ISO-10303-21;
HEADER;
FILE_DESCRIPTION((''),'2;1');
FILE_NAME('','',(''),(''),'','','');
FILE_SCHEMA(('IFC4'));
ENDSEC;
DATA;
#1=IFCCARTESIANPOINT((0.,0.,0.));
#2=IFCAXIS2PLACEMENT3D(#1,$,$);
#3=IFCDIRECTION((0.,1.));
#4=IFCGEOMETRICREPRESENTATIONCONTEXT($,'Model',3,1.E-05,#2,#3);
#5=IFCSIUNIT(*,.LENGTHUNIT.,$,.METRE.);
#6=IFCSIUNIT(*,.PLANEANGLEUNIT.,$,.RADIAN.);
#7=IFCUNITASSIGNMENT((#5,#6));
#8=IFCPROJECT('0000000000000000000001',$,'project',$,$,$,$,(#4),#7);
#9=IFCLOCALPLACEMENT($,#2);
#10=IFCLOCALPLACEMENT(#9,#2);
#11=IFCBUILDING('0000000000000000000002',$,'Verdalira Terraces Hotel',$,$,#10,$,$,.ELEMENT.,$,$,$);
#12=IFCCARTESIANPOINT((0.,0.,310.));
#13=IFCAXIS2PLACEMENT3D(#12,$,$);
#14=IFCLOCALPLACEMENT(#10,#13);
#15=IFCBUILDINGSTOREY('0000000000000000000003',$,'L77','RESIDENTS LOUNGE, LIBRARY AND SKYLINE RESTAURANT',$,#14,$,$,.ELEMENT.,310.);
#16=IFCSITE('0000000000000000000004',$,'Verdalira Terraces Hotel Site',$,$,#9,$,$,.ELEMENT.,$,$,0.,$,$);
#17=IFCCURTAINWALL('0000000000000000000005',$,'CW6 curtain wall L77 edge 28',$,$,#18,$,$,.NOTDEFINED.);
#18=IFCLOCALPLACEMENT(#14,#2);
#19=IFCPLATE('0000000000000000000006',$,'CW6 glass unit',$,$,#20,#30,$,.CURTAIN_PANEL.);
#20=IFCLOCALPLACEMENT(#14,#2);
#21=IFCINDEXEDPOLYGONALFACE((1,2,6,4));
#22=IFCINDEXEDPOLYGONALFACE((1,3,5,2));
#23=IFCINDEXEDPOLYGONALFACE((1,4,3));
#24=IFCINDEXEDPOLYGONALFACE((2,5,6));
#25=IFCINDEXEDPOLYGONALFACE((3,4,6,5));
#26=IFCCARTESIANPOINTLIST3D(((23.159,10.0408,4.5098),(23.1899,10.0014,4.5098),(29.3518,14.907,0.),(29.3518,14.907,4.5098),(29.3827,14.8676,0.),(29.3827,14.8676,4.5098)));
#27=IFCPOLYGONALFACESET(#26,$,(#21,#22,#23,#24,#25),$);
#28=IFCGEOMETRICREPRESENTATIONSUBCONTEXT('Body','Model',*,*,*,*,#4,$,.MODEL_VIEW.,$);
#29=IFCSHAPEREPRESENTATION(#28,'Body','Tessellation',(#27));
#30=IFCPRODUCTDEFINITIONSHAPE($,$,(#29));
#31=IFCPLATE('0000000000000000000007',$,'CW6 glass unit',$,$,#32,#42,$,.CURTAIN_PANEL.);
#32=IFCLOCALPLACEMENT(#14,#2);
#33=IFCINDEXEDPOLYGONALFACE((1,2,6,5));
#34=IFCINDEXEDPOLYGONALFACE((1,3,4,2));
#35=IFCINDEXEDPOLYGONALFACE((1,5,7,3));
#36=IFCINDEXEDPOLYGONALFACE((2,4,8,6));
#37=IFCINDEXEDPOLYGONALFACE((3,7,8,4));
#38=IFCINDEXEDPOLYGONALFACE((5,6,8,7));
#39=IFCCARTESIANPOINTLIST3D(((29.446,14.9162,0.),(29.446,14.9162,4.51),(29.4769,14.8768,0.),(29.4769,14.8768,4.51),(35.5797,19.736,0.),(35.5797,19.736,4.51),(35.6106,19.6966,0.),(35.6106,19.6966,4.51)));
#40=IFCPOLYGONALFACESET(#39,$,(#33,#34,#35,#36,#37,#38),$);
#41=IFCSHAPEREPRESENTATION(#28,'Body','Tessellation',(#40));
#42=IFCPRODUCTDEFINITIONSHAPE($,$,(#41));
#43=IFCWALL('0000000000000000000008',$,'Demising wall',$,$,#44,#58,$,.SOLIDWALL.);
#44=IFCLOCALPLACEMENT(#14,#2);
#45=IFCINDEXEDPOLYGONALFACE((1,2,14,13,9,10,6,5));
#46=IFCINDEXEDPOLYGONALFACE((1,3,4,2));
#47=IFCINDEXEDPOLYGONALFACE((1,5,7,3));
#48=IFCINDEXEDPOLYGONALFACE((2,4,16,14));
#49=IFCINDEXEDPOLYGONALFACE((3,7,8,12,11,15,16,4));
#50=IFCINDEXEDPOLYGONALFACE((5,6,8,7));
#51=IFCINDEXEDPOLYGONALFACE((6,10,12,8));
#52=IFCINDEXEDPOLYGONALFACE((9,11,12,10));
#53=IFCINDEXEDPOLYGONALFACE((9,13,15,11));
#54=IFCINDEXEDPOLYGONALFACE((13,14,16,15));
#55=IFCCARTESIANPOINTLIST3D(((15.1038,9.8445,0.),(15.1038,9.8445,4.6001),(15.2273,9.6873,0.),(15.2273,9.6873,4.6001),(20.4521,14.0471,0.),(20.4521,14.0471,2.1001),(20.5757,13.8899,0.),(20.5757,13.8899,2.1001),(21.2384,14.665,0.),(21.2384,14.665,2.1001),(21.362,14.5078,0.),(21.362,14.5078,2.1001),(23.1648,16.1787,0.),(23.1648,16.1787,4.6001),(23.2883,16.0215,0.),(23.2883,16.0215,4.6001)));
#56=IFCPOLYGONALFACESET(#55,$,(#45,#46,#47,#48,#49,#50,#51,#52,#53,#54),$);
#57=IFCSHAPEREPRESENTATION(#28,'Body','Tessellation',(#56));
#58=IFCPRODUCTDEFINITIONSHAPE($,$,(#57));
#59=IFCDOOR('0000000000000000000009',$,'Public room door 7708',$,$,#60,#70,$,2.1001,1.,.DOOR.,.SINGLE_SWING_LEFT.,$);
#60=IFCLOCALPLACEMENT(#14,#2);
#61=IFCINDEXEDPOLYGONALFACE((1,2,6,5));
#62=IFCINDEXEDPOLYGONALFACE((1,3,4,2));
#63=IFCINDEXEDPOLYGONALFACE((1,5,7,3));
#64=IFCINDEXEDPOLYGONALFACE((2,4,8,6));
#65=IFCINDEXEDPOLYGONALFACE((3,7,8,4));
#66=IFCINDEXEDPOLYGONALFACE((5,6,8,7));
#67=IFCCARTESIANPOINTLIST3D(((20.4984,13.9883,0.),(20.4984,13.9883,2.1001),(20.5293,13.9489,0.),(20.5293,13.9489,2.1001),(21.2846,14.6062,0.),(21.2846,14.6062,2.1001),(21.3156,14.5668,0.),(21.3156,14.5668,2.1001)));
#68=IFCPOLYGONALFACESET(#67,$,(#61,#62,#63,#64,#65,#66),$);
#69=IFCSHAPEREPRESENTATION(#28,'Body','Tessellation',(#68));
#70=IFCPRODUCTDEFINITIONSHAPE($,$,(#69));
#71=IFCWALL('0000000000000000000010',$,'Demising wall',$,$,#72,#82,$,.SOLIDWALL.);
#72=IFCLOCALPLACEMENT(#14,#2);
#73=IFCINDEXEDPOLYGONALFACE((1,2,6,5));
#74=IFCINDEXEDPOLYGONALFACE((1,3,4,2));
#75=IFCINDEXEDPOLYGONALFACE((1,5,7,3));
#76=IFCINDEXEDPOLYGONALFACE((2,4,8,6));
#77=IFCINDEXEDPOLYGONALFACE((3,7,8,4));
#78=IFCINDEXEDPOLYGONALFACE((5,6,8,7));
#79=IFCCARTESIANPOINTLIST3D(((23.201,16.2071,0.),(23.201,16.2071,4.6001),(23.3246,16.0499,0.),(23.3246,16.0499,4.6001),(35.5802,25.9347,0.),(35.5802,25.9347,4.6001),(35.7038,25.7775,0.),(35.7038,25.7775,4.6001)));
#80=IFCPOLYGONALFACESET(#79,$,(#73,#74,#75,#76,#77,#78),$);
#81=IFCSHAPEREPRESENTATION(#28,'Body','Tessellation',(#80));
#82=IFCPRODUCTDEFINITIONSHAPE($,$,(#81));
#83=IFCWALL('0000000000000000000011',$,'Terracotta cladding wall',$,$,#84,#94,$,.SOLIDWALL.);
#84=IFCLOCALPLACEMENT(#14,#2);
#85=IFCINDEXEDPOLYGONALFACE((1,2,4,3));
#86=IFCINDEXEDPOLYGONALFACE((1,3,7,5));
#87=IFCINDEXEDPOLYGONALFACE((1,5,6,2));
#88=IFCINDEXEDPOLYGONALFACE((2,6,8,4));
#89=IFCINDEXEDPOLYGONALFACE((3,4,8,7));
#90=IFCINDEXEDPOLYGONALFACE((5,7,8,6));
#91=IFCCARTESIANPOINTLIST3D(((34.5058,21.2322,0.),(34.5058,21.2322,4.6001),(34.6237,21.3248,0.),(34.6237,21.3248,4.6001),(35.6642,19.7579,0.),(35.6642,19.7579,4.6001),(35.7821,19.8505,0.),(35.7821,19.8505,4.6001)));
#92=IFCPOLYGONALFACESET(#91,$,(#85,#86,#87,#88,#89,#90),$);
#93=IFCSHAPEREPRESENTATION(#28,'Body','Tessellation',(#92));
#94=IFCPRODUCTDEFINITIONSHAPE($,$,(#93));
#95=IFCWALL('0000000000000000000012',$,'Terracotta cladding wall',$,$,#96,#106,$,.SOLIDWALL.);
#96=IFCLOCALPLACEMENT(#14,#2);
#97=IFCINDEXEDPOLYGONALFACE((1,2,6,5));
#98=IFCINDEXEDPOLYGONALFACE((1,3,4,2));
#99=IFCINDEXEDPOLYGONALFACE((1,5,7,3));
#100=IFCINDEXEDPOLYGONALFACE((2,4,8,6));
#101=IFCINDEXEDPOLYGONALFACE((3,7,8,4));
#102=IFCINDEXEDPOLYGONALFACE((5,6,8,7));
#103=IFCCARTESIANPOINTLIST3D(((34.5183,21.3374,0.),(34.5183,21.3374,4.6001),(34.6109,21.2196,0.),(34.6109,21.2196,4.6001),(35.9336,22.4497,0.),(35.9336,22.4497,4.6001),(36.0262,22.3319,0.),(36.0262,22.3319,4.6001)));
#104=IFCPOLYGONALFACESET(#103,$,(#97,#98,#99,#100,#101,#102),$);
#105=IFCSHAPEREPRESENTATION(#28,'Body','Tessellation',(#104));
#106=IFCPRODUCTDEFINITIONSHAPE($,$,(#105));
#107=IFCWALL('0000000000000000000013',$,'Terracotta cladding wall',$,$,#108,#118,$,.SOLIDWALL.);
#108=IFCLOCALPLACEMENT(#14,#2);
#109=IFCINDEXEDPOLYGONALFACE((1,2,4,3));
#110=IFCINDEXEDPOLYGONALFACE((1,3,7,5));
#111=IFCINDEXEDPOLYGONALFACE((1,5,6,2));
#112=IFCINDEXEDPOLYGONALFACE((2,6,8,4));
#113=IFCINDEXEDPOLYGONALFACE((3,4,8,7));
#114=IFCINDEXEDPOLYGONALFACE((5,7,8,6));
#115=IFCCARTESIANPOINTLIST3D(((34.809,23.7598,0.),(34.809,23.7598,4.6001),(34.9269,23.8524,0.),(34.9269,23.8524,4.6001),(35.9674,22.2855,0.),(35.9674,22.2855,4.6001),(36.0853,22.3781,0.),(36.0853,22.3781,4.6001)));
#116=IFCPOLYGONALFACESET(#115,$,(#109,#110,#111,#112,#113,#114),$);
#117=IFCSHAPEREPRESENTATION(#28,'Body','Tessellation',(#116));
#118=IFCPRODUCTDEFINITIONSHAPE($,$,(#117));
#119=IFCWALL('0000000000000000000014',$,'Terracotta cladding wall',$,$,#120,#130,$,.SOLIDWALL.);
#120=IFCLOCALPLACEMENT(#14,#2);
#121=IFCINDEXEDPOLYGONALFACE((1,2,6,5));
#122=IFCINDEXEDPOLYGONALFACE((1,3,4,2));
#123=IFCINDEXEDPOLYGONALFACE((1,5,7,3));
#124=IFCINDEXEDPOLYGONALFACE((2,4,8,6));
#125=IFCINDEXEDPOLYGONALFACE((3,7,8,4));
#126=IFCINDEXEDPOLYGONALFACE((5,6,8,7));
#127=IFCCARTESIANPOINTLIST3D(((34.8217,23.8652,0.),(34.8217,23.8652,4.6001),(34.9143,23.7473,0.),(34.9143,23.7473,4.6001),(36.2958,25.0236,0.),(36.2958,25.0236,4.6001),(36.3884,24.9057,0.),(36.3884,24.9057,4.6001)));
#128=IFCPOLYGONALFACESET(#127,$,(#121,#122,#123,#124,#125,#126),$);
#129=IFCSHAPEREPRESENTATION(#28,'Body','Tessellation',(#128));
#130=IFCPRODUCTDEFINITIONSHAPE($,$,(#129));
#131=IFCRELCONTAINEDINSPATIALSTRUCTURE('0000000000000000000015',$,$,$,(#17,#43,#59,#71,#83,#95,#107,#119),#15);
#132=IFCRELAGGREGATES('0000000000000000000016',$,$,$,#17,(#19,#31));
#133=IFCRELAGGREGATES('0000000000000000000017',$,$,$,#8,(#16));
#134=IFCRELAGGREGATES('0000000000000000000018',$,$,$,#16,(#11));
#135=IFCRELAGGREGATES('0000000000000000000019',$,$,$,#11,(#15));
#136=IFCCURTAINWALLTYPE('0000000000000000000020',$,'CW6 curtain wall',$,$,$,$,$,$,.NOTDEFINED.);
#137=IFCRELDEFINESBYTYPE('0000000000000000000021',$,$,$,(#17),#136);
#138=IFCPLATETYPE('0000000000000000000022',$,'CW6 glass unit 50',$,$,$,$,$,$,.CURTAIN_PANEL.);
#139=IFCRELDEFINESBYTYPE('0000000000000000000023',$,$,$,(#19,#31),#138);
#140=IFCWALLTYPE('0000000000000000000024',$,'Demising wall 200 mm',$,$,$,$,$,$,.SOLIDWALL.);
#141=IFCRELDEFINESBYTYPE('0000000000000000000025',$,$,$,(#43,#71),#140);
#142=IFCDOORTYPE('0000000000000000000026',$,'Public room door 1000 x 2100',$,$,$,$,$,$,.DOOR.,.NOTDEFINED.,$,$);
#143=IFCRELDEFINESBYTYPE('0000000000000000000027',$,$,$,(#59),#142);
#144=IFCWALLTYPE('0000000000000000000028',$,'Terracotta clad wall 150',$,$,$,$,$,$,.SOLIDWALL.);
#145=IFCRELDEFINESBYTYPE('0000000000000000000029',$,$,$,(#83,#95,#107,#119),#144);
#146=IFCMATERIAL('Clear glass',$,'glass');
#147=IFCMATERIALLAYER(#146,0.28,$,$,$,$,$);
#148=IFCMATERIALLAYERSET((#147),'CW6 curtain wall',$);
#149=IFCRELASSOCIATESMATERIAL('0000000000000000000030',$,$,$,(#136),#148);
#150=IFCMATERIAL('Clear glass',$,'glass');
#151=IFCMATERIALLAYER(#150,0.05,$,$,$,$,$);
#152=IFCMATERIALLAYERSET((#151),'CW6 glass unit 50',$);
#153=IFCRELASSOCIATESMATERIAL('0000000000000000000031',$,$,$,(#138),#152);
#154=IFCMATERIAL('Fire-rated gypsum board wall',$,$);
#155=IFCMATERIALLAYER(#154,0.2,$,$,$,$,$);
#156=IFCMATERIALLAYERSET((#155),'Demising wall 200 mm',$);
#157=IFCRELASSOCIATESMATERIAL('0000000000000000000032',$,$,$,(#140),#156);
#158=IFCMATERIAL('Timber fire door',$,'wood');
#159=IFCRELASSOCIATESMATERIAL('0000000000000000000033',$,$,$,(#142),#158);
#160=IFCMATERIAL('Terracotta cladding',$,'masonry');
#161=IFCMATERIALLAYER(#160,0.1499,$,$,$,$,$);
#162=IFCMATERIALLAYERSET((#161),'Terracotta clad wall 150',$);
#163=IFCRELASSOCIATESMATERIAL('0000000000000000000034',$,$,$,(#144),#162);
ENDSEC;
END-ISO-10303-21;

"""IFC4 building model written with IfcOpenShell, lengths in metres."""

from ifc_helpers import new_model, si_unit, direction, frame, frame_2d, origin, origin_2d, place, context, subcontext, project, spatial, polyline, rectangle, outline, extrude, material, layer, layer_set, type_object, element, fill, aggregate, save


model = new_model("IFC4")

# Units and contexts
model_context = context("Model", 3, precision=1e-05, world=origin(), true_north=direction((0.0, 1.0)))
body_context = subcontext(model_context, "Body", "Model", "MODEL_VIEW")
ifc_project = project(units=[si_unit("LENGTHUNIT", "METRE"), si_unit("PLANEANGLEUNIT", "RADIAN")], contexts=[model_context])

# Site, building, storey
site_placement = place(None, origin())
site = spatial("IfcSite", under=ifc_project, at=site_placement, Name="Verdalira Terraces Hotel Site", CompositionType="ELEMENT", RefElevation=0.0)
building_placement = place(site_placement, origin())
building = spatial("IfcBuilding", under=site, at=building_placement, Name="Verdalira Terraces Hotel", CompositionType="ELEMENT")
storey_placement = place(building_placement, frame((0.0, 0.0, 310.0)))
storey = spatial("IfcBuildingStorey", under=building, at=storey_placement, Name="L77", Description="RESIDENTS LOUNGE, LIBRARY AND SKYLINE RESTAURANT", CompositionType="ELEMENT", Elevation=310.0)

# Curtain wall
ifc_material_1 = material(Name="Clear glass", Category="glass")
ifc_layer_1 = layer(ifc_material_1, 0.28)
ifc_layer_set_1 = layer_set([ifc_layer_1], Name="CW6 curtain wall")
curtain_wall_type = type_object("IfcCurtainWallType", Name="CW6 curtain wall", PredefinedType="NOTDEFINED", material=ifc_layer_set_1)
curtain_wall_1_placement = place(storey_placement, origin())
curtain_wall_1 = element("IfcCurtainWall", 1, at=curtain_wall_1_placement, inside=storey, type_object=curtain_wall_type, Name="CW6 curtain wall L77 edge 28", PredefinedType="NOTDEFINED")

# Plates
ifc_material_2 = material(Name="Clear glass", Category="glass")
ifc_layer_2 = layer(ifc_material_2, 0.05)
ifc_layer_set_2 = layer_set([ifc_layer_2], Name="CW6 glass unit 50")
plate_type = type_object("IfcPlateType", Name="CW6 glass unit 50", PredefinedType="CURTAIN_PANEL", material=ifc_layer_set_2)
plate_1_placement = place(storey_placement, frame((26.2554, 12.4739, 2.2549), z_axis=(0.61786, -0.786288, 0.0), x_axis=(0.786288, 0.61786, 0.0)))
plate_1 = element("IfcPlate", 2, at=plate_1_placement, type_object=plate_type, Name="CW6 glass unit", PredefinedType="CURTAIN_PANEL", context=body_context, shape_type="SweptSolid", body=[
    extrude(outline(polyline([(3.938, -2.2549), (3.938, 2.2549), (-3.938, 2.2549), (3.938, -2.2549)])), origin(), (0.0, 0.0, 1.0), 0.05),
])
plate_2_placement = place(storey_placement, frame((32.5283, 17.3064, 0.0), z_axis=(0.0, 0.0, 1.0), x_axis=(0.786288, 0.61786, 0.0)))
plate_2 = element("IfcPlate", 3, at=plate_2_placement, type_object=plate_type, Name="CW6 glass unit", PredefinedType="CURTAIN_PANEL", context=body_context, shape_type="SweptSolid", body=[
    extrude(rectangle(XDim=7.8008, YDim=0.05, at=origin_2d()), origin(), (0.0, 0.0, 1.0), 4.51),
])
aggregate(curtain_wall_1, [plate_1, plate_2])

# Wall, opening, door
ifc_material_3 = material(Name="Fire-rated gypsum board wall")
ifc_layer_3 = layer(ifc_material_3, 0.2)
ifc_layer_set_3 = layer_set([ifc_layer_3], Name="Demising wall 200 mm")
wall_type_1 = type_object("IfcWallType", Name="Demising wall 200 mm", PredefinedType="SOLIDWALL", material=ifc_layer_set_3)
wall_1_placement = place(storey_placement, frame((23.2266, 16.1001, 0.0), z_axis=(0.0, 0.0, 1.0), x_axis=(-0.786292, -0.617855, 0.0)))
wall_1 = element("IfcWall", 4, at=wall_1_placement, inside=storey, type_object=wall_type_1, Name="Demising wall", PredefinedType="SOLIDWALL", context=body_context, shape_type="SweptSolid", body=[
    extrude(rectangle(XDim=10.252, YDim=0.2, at=frame_2d((5.126, 0.0))), origin(), (0.0, 0.0, 1.0), 4.6001),
])
opening_placement = place(wall_1_placement, frame((2.45, 0.0, 0.0)))
opening = element("IfcOpeningElement", 5, at=opening_placement, cuts=wall_1, PredefinedType="OPENING", context=body_context, shape_type="SweptSolid", body=[
    extrude(rectangle(XDim=1.0, YDim=2.1001, at=frame_2d((0.5, 1.05))), frame((0.0, 0.1099, 0.0), z_axis=(0.0, -1.0, 0.0), x_axis=(1.0, 0.0, 0.0)), (0.0, 0.0, 1.0), 0.22),
])
ifc_material_4 = material(Name="Timber fire door", Category="wood")
door_type = type_object("IfcDoorType", Name="Public room door 1000 x 2100", OperationType="NOTDEFINED", PredefinedType="DOOR", material=ifc_material_4)
door_placement = place(opening_placement, origin())
door = element("IfcDoor", 6, at=door_placement, inside=storey, type_object=door_type, Name="Public room door 7708", OperationType="SINGLE_SWING_LEFT", OverallHeight=2.1001, OverallWidth=1.0, PredefinedType="DOOR", context=body_context, shape_type="SweptSolid", body=[
    extrude(rectangle(XDim=1.0, YDim=2.1001, at=frame_2d((0.5, 1.05))), frame((0.0, 0.0249, 0.0), z_axis=(0.0, -1.0, 0.0), x_axis=(1.0, 0.0, 0.0)), (0.0, 0.0, 1.0), 0.05),
])
fill(opening, door)

# Walls
wall_2_placement = place(storey_placement, frame((23.2627, 16.1284, 0.0), z_axis=(0.0, 0.0, 1.0), x_axis=(0.786286, 0.617863, 0.0)))
element("IfcWall", 7, at=wall_2_placement, inside=storey, type_object=wall_type_1, Name="Demising wall", PredefinedType="SOLIDWALL", context=body_context, shape_type="SweptSolid", body=[
    extrude(rectangle(XDim=15.7439, YDim=0.2, at=frame_2d((7.8721, 0.0))), origin(), (0.0, 0.0, 1.0), 4.6001),
])
ifc_material_5 = material(Name="Terracotta cladding", Category="masonry")
ifc_layer_4 = layer(ifc_material_5, 0.1499)
ifc_layer_set_4 = layer_set([ifc_layer_4], Name="Terracotta clad wall 150")
wall_type_2 = type_object("IfcWallType", Name="Terracotta clad wall 150", PredefinedType="SOLIDWALL", material=ifc_layer_set_4)
wall_3_placement = place(storey_placement, frame((35.7231, 19.8042, 0.0), z_axis=(0.0, 0.0, 1.0), x_axis=(-0.617827, 0.786314, 0.0)))
element("IfcWall", 8, at=wall_3_placement, inside=storey, type_object=wall_type_2, Name="Terracotta cladding wall", PredefinedType="SOLIDWALL", context=body_context, shape_type="SweptSolid", body=[
    extrude(rectangle(XDim=1.875, YDim=0.1499, at=frame_2d((0.9375, 0.0))), origin(), (0.0, 0.0, 1.0), 4.6001),
])
wall_4_placement = place(storey_placement, frame((34.5647, 21.2786, 0.0), z_axis=(0.0, 0.0, 1.0), x_axis=(0.786238, 0.617923, 0.0)))
element("IfcWall", 9, at=wall_4_placement, inside=storey, type_object=wall_type_2, Name="Terracotta cladding wall", PredefinedType="SOLIDWALL", context=body_context, shape_type="SweptSolid", body=[
    extrude(rectangle(XDim=1.8, YDim=0.1499, at=frame_2d((0.8999, 0.0))), origin(), (0.0, 0.0, 1.0), 4.6001),
])
wall_5_placement = place(storey_placement, frame((36.0264, 22.3318, 0.0), z_axis=(0.0, 0.0, 1.0), x_axis=(-0.617827, 0.786314, 0.0)))
element("IfcWall", 10, at=wall_5_placement, inside=storey, type_object=wall_type_2, Name="Terracotta cladding wall", PredefinedType="SOLIDWALL", context=body_context, shape_type="SweptSolid", body=[
    extrude(rectangle(XDim=1.875, YDim=0.1499, at=frame_2d((0.9375, 0.0))), origin(), (0.0, 0.0, 1.0), 4.6001),
])
wall_6_placement = place(storey_placement, frame((34.8679, 23.8062, 0.0), z_axis=(0.0, 0.0, 1.0), x_axis=(0.786264, 0.617891, 0.0)))
element("IfcWall", 11, at=wall_6_placement, inside=storey, type_object=wall_type_2, Name="Terracotta cladding wall", PredefinedType="SOLIDWALL", context=body_context, shape_type="SweptSolid", body=[
    extrude(rectangle(XDim=1.8748, YDim=0.1499, at=frame_2d((0.9375, 0.0))), origin(), (0.0, 0.0, 1.0), 4.6001),
])

save(model, "model.ifc")
